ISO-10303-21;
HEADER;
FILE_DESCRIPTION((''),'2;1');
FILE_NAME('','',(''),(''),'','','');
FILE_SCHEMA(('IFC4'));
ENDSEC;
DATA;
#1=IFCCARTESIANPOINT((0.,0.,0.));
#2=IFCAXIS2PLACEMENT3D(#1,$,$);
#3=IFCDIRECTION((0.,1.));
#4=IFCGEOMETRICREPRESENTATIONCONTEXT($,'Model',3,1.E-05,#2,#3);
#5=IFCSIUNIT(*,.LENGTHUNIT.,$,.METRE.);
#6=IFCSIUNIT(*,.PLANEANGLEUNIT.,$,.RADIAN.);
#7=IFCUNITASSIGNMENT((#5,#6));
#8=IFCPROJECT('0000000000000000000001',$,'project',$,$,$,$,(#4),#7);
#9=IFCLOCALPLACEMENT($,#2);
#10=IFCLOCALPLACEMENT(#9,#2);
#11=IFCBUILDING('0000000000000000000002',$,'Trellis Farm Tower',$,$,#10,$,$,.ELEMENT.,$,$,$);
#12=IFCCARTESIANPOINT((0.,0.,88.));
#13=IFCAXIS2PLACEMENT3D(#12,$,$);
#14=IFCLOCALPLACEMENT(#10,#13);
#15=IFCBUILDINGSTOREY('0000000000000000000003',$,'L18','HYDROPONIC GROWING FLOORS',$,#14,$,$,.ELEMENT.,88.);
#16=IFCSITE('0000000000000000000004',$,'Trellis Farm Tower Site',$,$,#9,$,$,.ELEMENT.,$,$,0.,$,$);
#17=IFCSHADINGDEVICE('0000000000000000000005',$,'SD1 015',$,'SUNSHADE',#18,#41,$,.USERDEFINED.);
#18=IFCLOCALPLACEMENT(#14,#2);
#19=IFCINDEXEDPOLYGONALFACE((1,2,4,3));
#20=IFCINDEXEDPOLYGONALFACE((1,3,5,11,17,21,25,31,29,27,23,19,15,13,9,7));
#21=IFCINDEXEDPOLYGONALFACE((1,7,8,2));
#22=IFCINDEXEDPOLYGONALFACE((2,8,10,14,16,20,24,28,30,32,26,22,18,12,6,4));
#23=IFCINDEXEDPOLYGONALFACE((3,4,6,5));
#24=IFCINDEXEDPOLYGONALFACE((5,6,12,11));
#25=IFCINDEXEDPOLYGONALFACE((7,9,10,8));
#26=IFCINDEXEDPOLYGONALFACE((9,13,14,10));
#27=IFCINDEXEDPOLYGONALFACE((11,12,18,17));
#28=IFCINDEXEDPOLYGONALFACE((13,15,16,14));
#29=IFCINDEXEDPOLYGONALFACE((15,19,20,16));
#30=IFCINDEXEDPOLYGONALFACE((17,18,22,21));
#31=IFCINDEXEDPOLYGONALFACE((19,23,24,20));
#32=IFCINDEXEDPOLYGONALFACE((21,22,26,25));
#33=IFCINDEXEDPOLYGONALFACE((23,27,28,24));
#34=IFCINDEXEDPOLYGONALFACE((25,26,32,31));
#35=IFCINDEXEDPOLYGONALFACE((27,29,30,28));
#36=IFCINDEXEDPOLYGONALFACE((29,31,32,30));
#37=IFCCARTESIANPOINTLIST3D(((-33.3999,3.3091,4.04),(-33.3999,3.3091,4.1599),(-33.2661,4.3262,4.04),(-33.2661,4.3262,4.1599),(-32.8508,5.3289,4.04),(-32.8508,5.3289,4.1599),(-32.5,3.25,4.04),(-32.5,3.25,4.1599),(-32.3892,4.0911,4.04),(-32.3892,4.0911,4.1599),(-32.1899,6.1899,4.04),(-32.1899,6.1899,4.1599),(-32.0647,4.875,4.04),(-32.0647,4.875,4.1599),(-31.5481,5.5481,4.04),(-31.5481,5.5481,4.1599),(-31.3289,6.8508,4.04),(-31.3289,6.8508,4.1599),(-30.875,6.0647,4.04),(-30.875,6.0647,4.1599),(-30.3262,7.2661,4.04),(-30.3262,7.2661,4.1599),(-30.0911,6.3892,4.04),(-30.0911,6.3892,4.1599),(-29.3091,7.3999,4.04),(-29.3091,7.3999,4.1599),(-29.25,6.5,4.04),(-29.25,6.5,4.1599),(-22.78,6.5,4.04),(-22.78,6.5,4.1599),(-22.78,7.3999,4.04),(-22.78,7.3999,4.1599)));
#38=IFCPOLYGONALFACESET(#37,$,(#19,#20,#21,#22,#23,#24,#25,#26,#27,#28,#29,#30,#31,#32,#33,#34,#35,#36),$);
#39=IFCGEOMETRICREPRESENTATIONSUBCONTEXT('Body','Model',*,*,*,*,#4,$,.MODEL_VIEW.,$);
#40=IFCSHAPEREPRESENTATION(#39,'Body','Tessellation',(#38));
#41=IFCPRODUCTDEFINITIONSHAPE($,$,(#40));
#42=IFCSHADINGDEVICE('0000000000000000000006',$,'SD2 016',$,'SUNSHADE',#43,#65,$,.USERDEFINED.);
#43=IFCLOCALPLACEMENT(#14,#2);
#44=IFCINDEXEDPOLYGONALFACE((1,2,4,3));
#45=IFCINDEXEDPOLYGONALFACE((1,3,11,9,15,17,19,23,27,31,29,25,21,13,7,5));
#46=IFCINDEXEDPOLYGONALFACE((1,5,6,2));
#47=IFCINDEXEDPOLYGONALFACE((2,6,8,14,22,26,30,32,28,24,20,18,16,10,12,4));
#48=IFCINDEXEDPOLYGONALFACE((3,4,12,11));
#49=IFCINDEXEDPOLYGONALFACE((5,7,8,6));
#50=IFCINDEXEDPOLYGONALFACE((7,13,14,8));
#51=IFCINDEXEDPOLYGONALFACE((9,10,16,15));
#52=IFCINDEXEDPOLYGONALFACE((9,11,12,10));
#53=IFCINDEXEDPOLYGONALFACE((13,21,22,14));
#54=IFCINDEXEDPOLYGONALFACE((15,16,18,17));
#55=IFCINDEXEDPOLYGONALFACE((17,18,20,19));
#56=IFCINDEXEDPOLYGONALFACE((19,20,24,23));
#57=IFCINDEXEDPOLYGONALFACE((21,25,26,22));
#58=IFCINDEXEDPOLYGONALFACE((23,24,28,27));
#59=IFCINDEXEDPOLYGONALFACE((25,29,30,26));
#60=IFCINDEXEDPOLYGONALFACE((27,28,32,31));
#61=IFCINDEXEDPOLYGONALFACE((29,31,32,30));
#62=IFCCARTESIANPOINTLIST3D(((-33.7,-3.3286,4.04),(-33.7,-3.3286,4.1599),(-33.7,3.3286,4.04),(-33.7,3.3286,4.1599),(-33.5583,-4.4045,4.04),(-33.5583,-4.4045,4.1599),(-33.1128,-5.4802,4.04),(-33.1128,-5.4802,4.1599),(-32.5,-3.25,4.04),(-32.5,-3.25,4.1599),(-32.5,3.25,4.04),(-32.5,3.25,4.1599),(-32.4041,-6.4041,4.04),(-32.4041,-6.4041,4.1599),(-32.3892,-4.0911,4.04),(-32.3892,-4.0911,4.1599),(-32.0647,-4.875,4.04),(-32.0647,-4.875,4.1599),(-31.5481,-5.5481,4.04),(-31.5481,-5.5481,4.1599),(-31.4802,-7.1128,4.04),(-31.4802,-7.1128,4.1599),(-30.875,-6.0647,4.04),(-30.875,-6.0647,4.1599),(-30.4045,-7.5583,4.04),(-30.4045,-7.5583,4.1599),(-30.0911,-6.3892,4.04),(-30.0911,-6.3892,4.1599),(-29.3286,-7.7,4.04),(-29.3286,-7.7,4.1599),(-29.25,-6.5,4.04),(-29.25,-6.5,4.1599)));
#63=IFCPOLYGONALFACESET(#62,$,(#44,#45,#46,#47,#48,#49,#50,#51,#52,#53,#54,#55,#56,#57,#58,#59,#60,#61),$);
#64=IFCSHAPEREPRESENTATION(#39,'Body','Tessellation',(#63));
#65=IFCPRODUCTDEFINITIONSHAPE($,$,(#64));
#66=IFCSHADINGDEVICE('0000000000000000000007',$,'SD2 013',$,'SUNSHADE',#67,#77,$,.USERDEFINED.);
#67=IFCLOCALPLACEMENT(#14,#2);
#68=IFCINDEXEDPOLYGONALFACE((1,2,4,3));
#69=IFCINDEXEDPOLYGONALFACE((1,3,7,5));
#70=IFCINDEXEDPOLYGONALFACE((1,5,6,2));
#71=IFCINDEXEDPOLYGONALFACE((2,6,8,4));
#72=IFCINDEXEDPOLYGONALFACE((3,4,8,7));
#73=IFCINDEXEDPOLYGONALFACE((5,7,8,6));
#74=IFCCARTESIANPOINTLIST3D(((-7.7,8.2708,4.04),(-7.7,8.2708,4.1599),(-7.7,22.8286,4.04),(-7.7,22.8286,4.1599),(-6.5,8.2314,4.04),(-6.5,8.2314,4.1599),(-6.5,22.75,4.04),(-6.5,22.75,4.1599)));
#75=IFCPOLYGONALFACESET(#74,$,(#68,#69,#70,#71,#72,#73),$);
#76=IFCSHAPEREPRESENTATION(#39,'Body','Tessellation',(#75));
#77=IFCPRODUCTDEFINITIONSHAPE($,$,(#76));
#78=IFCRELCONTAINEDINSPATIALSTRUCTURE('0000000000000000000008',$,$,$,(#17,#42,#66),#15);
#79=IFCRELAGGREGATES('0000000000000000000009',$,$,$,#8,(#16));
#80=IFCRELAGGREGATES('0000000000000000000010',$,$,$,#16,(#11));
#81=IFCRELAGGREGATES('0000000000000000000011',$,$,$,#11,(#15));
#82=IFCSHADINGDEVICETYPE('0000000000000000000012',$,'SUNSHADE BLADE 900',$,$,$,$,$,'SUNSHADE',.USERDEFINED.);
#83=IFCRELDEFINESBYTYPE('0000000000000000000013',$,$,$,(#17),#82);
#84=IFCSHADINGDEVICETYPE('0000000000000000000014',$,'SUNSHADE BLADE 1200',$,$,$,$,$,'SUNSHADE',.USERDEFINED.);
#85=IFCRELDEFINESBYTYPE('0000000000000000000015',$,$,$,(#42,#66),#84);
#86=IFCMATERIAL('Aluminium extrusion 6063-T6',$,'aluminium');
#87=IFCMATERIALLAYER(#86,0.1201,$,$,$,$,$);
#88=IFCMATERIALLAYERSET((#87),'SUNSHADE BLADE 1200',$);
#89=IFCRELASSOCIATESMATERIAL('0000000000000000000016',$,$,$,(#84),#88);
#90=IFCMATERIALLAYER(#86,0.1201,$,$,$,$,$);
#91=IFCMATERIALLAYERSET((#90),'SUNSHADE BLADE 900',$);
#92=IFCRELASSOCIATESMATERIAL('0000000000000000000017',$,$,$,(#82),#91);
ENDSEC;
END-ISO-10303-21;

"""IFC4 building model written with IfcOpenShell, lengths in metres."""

from ifc_helpers import new_model, si_unit, direction, frame, origin, place, context, subcontext, project, spatial, polyline, outline, extrude, source, transform, mapped, material, layer, layer_set, type_object, element, save


model = new_model("IFC4")

# Units and contexts
model_context = context("Model", 3, precision=1e-05, world=origin(), true_north=direction((0.0, 1.0)))
body_context = subcontext(model_context, "Body", "Model", "MODEL_VIEW")
ifc_project = project(units=[si_unit("LENGTHUNIT", "METRE"), si_unit("PLANEANGLEUNIT", "RADIAN")], contexts=[model_context])

# Site, building, storey
site_placement = place(None, origin())
site = spatial("IfcSite", under=ifc_project, at=site_placement, Name="Trellis Farm Tower Site", CompositionType="ELEMENT", RefElevation=0.0)
building_placement = place(site_placement, origin())
building = spatial("IfcBuilding", under=site, at=building_placement, Name="Trellis Farm Tower", CompositionType="ELEMENT")
storey_placement = place(building_placement, frame((0.0, 0.0, 88.0)))
storey = spatial("IfcBuildingStorey", under=building, at=storey_placement, Name="L18", Description="HYDROPONIC GROWING FLOORS", CompositionType="ELEMENT", Elevation=88.0)

# Shared definitions
ifc_material_1 = material(Name="Aluminium extrusion 6063-T6", Category="aluminium")

# Shading devices
ifc_layer_1 = layer(ifc_material_1, 0.1201)
ifc_layer_set_1 = layer_set([ifc_layer_1], Name="SUNSHADE BLADE 1200")
shading_device_type_1 = type_object("IfcShadingDeviceType", Name="SUNSHADE BLADE 1200", ElementType="SUNSHADE", PredefinedType="USERDEFINED", material=ifc_layer_set_1)
placement_1 = place(storey_placement, frame((0.0, 0.0, 4.04)))
ifc_layer_2 = layer(ifc_material_1, 0.1201)
ifc_layer_set_2 = layer_set([ifc_layer_2], Name="SUNSHADE BLADE 900")
shading_device_type_2 = type_object("IfcShadingDeviceType", Name="SUNSHADE BLADE 900", ElementType="SUNSHADE", PredefinedType="USERDEFINED", material=ifc_layer_set_2)
shared_shape_1 = source(origin(), body_context, "Body", "SweptSolid", [
    extrude(outline(polyline([(-22.78, 7.3999), (-29.3091, 7.3999), (-30.3262, 7.2661), (-31.3289, 6.8508), (-32.1899, 6.1899), (-32.8508, 5.3289), (-33.2661, 4.3262), (-33.3999, 3.3091), (-32.5, 3.25), (-32.3892, 4.0911), (-32.0647, 4.875), (-31.5481, 5.5481), (-30.875, 6.0647), (-30.0911, 6.3892), (-29.25, 6.5), (-22.78, 6.5), (-22.78, 7.3999)])), origin(), (0.0, 0.0, 1.0), 0.1199),
])
element("IfcShadingDevice", 1, at=placement_1, inside=storey, type_object=shading_device_type_2, Name="SD1 015", ObjectType="SUNSHADE", PredefinedType="USERDEFINED", context=body_context, shape_type="MappedRepresentation", body=[
    mapped(shared_shape_1, transform((0.0, 0.0, 0.0))),
])
shared_shape_2 = source(origin(), body_context, "Body", "SweptSolid", [
    extrude(outline(polyline([(-33.7, 3.3286), (-33.7, -3.3286), (-33.5583, -4.4045), (-33.1128, -5.4802), (-32.4041, -6.4041), (-31.4802, -7.1128), (-30.4045, -7.5583), (-29.3286, -7.7), (-29.25, -6.5), (-30.0911, -6.3892), (-30.875, -6.0647), (-31.5481, -5.5481), (-32.0647, -4.875), (-32.3892, -4.0911), (-32.5, -3.25), (-32.5, 3.25), (-33.7, 3.3286)])), origin(), (0.0, 0.0, 1.0), 0.1199),
])
element("IfcShadingDevice", 2, at=placement_1, inside=storey, type_object=shading_device_type_1, Name="SD2 016", ObjectType="SUNSHADE", PredefinedType="USERDEFINED", context=body_context, shape_type="MappedRepresentation", body=[
    mapped(shared_shape_2, transform((0.0, 0.0, 0.0))),
])
shared_shape_3 = source(origin(), body_context, "Body", "SweptSolid", [
    extrude(outline(polyline([(-7.7, 22.8286), (-7.7, 8.2708), (-6.5, 8.2314), (-6.5, 22.75), (-7.7, 22.8286)])), origin(), (0.0, 0.0, 1.0), 0.1199),
])
element("IfcShadingDevice", 3, at=placement_1, inside=storey, type_object=shading_device_type_1, Name="SD2 013", ObjectType="SUNSHADE", PredefinedType="USERDEFINED", context=body_context, shape_type="MappedRepresentation", body=[
    mapped(shared_shape_3, transform((0.0, 0.0, 0.0))),
])

save(model, "model.ifc")
